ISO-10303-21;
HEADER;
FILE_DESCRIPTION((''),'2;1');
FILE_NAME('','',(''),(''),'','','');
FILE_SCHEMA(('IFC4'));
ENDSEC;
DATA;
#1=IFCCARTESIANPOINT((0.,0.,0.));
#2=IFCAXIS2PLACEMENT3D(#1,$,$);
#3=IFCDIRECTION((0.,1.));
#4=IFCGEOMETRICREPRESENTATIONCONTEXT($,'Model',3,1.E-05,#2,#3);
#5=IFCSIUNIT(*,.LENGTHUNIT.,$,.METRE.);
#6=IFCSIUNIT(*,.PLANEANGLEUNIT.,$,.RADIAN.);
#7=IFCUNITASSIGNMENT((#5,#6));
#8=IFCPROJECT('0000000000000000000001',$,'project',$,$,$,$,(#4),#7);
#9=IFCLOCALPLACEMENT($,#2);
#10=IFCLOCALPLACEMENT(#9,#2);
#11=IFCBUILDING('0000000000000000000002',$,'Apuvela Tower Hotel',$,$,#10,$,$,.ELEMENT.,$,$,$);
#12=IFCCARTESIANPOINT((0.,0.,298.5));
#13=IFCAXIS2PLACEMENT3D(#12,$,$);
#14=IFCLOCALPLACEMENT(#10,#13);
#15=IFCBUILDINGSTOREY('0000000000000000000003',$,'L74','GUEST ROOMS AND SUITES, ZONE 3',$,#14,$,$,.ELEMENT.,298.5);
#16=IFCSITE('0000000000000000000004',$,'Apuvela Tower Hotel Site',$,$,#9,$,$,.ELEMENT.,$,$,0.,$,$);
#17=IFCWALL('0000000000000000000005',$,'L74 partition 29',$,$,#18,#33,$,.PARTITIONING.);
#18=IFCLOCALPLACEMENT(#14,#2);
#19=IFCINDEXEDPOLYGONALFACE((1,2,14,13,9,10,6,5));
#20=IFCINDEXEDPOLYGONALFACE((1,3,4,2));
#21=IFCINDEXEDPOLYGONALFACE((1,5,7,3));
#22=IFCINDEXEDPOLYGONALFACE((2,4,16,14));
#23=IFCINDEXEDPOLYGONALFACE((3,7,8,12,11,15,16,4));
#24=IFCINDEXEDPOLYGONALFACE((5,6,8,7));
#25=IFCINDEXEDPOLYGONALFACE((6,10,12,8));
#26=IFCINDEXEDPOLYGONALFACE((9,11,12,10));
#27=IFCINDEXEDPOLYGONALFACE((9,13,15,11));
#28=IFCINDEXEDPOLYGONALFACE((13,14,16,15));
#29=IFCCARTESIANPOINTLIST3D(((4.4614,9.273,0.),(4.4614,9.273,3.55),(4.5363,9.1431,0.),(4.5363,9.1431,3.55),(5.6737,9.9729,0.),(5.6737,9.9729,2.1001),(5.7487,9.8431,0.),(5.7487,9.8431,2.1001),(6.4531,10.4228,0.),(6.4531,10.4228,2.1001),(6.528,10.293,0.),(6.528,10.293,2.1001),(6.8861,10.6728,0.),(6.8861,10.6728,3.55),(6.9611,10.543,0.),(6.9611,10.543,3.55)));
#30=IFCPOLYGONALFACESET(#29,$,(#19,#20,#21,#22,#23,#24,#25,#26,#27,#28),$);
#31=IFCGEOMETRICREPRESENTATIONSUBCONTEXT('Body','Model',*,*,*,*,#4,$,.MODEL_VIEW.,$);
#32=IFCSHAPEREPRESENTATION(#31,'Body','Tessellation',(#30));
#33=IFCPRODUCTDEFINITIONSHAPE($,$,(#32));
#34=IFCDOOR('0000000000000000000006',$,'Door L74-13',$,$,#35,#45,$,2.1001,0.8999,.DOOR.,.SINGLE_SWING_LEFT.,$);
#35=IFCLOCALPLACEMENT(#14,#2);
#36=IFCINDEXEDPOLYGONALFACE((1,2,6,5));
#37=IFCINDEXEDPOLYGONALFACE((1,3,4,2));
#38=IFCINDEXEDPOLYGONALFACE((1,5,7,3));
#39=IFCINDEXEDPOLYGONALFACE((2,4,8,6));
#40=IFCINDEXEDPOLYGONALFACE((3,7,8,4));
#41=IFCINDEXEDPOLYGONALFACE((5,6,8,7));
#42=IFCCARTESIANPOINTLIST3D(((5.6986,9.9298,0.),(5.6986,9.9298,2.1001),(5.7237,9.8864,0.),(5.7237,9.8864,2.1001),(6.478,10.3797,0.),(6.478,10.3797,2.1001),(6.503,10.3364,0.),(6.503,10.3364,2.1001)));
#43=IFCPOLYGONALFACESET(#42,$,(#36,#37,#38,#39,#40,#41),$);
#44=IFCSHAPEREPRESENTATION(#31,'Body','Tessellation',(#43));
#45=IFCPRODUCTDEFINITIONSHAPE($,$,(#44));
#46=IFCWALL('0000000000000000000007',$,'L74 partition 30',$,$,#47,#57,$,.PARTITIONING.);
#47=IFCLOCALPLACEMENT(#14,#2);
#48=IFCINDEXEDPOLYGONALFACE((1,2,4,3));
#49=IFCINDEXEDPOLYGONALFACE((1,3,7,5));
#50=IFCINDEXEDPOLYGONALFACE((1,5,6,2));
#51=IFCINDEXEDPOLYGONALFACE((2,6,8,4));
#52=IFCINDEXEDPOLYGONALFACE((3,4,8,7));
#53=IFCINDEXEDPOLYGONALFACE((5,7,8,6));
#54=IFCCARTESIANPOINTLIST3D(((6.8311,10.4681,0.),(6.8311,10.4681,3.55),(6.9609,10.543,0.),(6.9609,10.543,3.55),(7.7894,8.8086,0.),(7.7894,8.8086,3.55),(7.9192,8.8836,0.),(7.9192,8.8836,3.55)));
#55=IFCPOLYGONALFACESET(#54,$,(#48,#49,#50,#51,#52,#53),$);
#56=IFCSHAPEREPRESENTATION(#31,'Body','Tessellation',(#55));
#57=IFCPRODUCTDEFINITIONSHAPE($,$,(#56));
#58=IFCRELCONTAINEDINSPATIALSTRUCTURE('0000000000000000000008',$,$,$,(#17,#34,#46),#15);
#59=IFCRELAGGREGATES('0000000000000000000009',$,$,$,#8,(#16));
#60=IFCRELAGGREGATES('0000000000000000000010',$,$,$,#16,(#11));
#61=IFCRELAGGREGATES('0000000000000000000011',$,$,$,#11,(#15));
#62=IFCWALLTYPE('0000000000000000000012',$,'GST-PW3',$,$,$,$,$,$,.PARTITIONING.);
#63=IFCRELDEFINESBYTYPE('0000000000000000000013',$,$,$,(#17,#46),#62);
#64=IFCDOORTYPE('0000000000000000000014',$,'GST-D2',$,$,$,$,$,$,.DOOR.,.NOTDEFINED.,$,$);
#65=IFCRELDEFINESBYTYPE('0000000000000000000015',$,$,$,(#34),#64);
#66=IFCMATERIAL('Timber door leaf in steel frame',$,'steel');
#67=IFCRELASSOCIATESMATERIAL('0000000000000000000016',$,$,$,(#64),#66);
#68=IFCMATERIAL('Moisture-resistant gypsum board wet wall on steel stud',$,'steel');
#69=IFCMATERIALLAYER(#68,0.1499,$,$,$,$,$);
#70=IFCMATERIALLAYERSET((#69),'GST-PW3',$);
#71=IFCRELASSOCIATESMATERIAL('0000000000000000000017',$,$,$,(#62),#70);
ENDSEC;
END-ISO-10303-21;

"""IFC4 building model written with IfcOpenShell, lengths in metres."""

from ifc_helpers import new_model, si_unit, direction, frame, frame_2d, origin, place, context, subcontext, project, spatial, rectangle, extrude, material, layer, layer_set, type_object, element, fill, save


model = new_model("IFC4")

# Units and contexts
model_context = context("Model", 3, precision=1e-05, world=origin(), true_north=direction((0.0, 1.0)))
body_context = subcontext(model_context, "Body", "Model", "MODEL_VIEW")
ifc_project = project(units=[si_unit("LENGTHUNIT", "METRE"), si_unit("PLANEANGLEUNIT", "RADIAN")], contexts=[model_context])

# Site, building, storey
site_placement = place(None, origin())
site = spatial("IfcSite", under=ifc_project, at=site_placement, Name="Apuvela Tower Hotel Site", CompositionType="ELEMENT", RefElevation=0.0)
building_placement = place(site_placement, origin())
building = spatial("IfcBuilding", under=site, at=building_placement, Name="Apuvela Tower Hotel", CompositionType="ELEMENT")
storey_placement = place(building_placement, frame((0.0, 0.0, 298.5)))
storey = spatial("IfcBuildingStorey", under=building, at=storey_placement, Name="L74", Description="GUEST ROOMS AND SUITES, ZONE 3", CompositionType="ELEMENT", Elevation=298.5)

# Shared definitions
ifc_material_1 = material(Name="Timber door leaf in steel frame", Category="steel")
door_type_1 = type_object("IfcDoorType", Name="GST-D2", OperationType="NOTDEFINED", PredefinedType="DOOR", material=ifc_material_1)
ifc_material_2 = material(Name="Moisture-resistant gypsum board wet wall on steel stud", Category="steel")
ifc_layer_1 = layer(ifc_material_2, 0.1499)
ifc_layer_set_1 = layer_set([ifc_layer_1], Name="GST-PW3")
wall_type_1 = type_object("IfcWallType", Name="GST-PW3", PredefinedType="PARTITIONING", material=ifc_layer_set_1)

# Wall, opening, door
wall_1_placement = place(storey_placement, frame((6.9236, 10.6079, 0.0), z_axis=(0.0, 0.0, 1.0), x_axis=(-0.866035, -0.499984, 0.0)))
wall_1 = element("IfcWall", 1, at=wall_1_placement, inside=storey, type_object=wall_type_1, Name="L74 partition 29", PredefinedType="PARTITIONING", context=body_context, shape_type="SweptSolid", body=[
    extrude(rectangle(XDim=2.7998, YDim=0.1499, at=frame_2d((1.3999, 0.0))), origin(), (0.0, 0.0, 1.0), 3.55),
])
opening_1_placement = place(wall_1_placement, frame((0.5, 0.0, 0.0)))
opening_1 = element("IfcOpeningElement", 2, at=opening_1_placement, cuts=wall_1, PredefinedType="OPENING", context=body_context, shape_type="SweptSolid", body=[
    extrude(rectangle(XDim=0.8999, YDim=2.1001, at=frame_2d((0.45, 1.05))), frame((0.0, 0.085, 0.0), z_axis=(0.0, -1.0, 0.0), x_axis=(1.0, 0.0, 0.0)), (0.0, 0.0, 1.0), 0.1699),
])
door_1_placement = place(opening_1_placement, origin())
door_1 = element("IfcDoor", 3, at=door_1_placement, inside=storey, type_object=door_type_1, Name="Door L74-13", OperationType="SINGLE_SWING_LEFT", OverallHeight=2.1001, OverallWidth=0.8999, PredefinedType="DOOR", context=body_context, shape_type="SweptSolid", body=[
    extrude(rectangle(XDim=0.8999, YDim=2.1001, at=frame_2d((0.45, 1.05))), frame((0.0, 0.0249, 0.0), z_axis=(0.0, -1.0, 0.0), x_axis=(1.0, 0.0, 0.0)), (0.0, 0.0, 1.0), 0.05),
])
fill(opening_1, door_1)

# Wall
wall_2_placement = place(storey_placement, frame((7.8542, 8.8462, 0.0), z_axis=(0.0, 0.0, 1.0), x_axis=(-0.500072, 0.865984, 0.0)))
element("IfcWall", 4, at=wall_2_placement, inside=storey, type_object=wall_type_1, Name="L74 partition 30", PredefinedType="PARTITIONING", context=body_context, shape_type="SweptSolid", body=[
    extrude(rectangle(XDim=1.9163, YDim=0.1499, at=frame_2d((0.958, 0.0))), origin(), (0.0, 0.0, 1.0), 3.55),
])

save(model, "model.ifc")
